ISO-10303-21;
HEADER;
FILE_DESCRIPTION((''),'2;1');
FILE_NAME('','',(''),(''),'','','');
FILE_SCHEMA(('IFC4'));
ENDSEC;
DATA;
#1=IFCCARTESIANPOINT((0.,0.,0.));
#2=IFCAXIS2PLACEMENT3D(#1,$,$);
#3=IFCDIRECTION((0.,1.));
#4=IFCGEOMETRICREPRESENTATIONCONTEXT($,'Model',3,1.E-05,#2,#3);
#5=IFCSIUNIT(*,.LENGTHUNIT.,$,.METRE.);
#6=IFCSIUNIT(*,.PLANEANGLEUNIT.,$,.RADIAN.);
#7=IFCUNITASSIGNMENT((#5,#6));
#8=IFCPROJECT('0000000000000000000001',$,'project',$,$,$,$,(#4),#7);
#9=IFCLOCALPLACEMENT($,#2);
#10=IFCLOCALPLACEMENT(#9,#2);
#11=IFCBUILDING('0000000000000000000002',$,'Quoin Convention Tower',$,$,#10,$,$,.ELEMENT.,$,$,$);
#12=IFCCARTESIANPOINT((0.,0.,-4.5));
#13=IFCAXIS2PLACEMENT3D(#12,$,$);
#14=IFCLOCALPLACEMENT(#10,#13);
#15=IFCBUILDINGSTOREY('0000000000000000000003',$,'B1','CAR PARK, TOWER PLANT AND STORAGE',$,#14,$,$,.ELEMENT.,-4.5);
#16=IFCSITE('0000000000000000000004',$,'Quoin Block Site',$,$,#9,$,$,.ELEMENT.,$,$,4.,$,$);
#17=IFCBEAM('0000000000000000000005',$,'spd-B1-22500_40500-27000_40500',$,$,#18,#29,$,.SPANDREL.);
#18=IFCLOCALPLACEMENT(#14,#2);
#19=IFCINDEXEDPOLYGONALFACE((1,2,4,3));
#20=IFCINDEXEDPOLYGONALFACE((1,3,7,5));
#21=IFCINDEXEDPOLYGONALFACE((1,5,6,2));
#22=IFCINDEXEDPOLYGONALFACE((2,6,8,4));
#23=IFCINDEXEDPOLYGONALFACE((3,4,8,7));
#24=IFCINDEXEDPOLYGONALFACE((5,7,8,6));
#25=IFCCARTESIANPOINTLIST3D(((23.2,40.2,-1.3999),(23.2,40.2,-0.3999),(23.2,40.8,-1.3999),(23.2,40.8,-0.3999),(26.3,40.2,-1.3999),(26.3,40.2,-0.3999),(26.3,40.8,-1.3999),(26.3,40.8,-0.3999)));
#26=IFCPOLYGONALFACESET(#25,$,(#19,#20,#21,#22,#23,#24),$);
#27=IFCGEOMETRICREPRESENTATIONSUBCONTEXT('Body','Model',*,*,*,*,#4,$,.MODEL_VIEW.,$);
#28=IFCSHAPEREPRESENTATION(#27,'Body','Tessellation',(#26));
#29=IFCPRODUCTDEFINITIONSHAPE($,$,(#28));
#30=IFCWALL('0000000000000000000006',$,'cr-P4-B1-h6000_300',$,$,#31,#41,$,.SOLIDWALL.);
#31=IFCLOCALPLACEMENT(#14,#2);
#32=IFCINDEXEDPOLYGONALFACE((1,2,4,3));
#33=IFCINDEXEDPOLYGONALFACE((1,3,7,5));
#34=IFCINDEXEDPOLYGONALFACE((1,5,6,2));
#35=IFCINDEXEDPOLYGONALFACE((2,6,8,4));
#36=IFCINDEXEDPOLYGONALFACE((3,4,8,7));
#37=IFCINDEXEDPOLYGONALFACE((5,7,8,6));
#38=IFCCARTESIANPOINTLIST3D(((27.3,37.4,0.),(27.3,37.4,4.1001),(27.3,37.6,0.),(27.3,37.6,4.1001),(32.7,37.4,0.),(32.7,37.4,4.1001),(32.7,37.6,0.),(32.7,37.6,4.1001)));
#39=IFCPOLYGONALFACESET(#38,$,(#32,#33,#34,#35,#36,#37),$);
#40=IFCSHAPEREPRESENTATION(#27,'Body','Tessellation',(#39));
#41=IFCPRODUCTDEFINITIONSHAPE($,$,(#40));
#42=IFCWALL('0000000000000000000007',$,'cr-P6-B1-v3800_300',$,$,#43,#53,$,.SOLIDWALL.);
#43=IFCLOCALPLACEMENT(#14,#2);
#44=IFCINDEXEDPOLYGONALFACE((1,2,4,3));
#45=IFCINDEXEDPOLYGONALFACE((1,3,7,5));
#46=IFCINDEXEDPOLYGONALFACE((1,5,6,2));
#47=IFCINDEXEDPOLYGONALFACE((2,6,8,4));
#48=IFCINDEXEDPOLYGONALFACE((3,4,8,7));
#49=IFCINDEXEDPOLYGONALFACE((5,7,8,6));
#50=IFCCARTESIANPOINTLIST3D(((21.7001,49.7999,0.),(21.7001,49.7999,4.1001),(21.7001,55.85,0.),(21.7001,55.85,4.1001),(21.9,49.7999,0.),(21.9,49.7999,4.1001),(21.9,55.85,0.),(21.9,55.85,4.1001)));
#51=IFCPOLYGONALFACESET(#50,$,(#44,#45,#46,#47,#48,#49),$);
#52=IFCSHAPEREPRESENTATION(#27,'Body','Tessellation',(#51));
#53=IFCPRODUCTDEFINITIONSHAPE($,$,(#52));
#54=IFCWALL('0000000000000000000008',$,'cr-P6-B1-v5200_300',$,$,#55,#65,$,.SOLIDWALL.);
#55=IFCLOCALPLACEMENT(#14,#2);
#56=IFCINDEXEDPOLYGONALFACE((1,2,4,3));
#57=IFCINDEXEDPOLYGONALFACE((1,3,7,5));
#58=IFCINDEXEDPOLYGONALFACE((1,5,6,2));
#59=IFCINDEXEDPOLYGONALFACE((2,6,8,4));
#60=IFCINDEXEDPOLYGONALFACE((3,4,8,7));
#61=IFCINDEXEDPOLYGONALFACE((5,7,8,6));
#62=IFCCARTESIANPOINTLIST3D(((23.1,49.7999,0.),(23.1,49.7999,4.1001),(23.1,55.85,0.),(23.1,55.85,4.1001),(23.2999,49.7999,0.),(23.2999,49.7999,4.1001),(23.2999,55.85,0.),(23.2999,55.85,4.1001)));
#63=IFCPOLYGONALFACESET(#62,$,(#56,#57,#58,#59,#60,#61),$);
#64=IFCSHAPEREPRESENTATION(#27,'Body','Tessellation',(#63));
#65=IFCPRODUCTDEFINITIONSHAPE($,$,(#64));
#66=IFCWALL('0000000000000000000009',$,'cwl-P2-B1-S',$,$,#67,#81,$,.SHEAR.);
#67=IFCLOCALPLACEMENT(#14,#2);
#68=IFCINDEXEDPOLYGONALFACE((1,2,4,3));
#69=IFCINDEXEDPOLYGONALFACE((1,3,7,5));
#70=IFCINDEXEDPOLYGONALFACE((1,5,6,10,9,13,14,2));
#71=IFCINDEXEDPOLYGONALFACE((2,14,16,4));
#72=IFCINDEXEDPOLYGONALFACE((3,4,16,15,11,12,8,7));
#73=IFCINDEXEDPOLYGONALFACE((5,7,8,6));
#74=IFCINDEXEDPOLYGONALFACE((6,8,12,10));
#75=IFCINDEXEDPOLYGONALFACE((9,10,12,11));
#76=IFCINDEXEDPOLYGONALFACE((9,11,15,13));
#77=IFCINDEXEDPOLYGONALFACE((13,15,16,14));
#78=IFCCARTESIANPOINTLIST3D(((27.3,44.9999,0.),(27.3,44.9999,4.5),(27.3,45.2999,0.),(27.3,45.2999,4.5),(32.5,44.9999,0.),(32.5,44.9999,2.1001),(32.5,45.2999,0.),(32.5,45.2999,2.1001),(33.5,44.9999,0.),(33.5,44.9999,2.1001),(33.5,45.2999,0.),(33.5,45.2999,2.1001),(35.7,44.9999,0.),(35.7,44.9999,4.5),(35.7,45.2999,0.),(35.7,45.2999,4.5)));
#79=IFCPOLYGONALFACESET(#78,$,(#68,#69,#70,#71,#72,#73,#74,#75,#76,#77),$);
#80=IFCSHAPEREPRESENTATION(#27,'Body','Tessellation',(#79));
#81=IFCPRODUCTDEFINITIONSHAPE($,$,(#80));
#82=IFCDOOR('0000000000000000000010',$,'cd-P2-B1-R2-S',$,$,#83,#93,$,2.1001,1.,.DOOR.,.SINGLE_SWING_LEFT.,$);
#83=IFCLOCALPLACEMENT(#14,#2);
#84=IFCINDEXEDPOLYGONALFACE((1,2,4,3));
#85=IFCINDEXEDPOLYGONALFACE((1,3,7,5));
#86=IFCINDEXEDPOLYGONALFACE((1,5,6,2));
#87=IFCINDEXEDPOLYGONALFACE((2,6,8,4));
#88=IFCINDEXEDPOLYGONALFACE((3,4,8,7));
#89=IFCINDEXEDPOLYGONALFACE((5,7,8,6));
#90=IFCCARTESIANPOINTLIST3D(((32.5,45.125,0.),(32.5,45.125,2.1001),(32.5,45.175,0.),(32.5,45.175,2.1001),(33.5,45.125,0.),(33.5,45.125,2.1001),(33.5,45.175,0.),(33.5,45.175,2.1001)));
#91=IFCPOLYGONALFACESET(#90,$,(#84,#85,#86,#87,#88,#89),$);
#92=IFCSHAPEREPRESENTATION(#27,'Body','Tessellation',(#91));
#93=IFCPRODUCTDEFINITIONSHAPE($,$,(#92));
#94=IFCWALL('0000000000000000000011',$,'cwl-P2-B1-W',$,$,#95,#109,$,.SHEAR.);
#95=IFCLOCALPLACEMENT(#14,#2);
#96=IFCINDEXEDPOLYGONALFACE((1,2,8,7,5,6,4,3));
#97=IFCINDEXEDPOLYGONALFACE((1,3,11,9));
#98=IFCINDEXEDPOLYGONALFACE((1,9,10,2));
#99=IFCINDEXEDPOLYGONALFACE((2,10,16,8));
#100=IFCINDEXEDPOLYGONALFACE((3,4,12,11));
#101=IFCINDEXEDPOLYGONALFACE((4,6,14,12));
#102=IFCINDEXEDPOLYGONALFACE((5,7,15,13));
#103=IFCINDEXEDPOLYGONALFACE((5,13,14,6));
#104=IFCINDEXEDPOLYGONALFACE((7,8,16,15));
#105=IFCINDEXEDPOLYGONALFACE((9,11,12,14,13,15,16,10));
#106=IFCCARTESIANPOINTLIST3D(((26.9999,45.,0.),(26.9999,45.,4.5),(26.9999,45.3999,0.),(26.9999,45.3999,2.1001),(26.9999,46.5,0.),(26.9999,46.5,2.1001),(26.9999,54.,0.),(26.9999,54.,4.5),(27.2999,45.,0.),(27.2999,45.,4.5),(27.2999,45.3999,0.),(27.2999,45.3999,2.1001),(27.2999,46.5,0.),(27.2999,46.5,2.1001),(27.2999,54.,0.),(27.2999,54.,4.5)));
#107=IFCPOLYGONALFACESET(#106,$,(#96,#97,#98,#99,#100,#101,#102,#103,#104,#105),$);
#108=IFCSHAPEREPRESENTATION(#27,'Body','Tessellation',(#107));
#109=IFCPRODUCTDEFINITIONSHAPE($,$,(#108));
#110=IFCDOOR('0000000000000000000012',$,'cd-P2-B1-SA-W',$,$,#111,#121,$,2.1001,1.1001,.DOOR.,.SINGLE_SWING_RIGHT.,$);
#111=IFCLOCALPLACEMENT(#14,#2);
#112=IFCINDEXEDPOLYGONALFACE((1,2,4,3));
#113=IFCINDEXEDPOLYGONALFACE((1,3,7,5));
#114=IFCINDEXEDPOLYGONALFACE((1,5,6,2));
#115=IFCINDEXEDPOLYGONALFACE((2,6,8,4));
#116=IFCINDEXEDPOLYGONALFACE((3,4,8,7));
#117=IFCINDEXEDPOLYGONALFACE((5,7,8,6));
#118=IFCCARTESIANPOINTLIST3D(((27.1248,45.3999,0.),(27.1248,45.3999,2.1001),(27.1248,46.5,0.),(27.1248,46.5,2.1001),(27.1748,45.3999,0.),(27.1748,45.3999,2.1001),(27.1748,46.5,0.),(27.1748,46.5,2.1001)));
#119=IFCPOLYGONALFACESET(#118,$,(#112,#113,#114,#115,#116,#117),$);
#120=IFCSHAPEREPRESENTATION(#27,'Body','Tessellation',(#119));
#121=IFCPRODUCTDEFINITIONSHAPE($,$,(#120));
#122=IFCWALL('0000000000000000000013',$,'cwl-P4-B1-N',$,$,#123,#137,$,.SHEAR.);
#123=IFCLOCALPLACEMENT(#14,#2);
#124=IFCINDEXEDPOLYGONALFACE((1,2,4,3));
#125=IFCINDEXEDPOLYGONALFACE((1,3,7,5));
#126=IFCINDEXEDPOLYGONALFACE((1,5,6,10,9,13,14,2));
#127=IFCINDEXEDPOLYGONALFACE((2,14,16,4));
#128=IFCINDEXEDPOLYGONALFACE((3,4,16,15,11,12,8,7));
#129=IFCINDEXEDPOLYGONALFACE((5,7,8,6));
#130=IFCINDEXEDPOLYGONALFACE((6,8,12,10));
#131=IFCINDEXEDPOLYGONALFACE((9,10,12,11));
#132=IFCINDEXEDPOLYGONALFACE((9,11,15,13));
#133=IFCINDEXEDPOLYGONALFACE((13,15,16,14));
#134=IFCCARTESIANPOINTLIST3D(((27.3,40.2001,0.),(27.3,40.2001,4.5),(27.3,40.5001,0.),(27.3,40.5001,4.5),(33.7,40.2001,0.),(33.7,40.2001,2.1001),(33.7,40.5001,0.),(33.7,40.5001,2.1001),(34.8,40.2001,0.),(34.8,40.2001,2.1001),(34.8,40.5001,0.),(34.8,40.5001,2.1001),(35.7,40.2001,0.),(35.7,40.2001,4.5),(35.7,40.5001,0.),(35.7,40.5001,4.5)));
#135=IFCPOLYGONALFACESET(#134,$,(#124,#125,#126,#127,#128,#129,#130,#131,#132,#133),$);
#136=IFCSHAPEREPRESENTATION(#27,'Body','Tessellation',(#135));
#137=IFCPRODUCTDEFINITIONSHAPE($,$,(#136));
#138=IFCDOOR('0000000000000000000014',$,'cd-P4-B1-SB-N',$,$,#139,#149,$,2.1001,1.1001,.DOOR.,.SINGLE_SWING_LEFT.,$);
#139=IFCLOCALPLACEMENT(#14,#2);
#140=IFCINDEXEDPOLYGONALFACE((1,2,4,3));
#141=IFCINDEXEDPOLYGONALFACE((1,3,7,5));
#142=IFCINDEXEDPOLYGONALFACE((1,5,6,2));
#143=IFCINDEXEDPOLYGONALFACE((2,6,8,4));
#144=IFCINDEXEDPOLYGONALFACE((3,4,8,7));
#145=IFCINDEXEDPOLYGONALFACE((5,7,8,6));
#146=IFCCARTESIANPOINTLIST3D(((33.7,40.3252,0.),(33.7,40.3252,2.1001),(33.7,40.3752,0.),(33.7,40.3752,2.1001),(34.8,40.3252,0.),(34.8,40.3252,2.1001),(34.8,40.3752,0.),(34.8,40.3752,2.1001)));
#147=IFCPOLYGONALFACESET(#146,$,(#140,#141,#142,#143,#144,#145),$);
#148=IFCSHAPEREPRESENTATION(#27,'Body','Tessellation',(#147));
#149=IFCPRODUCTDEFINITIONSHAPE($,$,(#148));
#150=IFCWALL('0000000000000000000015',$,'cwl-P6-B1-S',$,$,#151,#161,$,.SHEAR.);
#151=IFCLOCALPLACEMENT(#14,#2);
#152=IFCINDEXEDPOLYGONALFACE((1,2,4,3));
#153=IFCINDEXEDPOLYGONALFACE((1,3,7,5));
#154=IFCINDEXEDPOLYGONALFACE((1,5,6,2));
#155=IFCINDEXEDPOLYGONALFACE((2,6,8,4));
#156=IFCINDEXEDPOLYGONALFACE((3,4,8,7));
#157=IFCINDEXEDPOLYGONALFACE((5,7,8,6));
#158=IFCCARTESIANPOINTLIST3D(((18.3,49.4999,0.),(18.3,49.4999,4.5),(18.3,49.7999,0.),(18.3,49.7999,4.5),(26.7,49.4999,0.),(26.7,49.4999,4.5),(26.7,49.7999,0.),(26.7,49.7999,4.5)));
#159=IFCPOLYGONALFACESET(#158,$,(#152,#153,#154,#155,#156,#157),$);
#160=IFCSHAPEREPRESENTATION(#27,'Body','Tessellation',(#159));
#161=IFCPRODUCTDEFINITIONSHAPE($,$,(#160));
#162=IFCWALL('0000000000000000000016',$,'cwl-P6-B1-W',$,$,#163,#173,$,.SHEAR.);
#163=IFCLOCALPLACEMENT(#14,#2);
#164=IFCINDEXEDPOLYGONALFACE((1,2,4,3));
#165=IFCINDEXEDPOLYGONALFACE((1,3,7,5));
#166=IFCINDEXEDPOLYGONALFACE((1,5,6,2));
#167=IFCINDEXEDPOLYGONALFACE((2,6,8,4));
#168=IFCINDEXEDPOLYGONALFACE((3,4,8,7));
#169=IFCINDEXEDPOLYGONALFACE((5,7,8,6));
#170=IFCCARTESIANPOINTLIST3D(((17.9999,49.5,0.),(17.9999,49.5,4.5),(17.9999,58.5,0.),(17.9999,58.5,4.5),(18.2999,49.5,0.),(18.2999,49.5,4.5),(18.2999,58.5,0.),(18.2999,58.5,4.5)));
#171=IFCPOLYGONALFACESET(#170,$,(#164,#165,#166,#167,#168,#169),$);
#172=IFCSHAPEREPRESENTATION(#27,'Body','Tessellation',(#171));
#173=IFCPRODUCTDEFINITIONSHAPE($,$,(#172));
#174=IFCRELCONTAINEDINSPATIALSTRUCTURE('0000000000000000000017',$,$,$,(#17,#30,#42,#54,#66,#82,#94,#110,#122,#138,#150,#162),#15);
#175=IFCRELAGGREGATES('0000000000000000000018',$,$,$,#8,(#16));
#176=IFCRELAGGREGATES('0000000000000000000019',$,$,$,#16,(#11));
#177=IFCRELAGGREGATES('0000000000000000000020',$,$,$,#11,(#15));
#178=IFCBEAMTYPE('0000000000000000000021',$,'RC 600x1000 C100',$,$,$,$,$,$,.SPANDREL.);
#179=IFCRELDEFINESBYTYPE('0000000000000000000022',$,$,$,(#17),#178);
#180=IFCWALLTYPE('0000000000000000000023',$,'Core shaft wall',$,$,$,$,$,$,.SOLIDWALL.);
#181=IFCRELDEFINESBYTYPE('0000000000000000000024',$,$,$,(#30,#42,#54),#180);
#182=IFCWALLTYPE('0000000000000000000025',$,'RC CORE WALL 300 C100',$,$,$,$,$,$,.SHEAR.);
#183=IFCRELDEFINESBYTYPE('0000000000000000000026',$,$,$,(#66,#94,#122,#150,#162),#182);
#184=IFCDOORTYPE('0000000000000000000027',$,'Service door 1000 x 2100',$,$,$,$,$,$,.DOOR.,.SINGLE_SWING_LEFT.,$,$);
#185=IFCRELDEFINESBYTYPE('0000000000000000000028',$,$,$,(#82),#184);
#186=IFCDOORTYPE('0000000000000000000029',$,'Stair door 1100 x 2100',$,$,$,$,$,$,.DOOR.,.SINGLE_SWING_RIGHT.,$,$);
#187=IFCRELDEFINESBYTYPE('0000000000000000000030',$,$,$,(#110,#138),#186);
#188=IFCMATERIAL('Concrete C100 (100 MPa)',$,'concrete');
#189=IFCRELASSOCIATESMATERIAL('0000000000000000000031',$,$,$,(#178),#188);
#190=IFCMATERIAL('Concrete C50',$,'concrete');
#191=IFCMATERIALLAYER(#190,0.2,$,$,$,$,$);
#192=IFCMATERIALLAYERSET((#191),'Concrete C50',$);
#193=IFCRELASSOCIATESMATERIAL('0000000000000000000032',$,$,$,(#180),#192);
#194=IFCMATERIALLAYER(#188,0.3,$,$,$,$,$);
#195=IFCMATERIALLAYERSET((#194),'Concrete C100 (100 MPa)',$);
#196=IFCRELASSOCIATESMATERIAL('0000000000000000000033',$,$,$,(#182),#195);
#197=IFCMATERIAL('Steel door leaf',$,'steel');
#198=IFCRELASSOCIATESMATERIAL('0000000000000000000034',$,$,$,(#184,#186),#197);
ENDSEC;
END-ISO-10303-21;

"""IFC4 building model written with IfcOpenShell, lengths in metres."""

from ifc_helpers import new_model, si_unit, direction, frame, frame_2d, origin, origin_2d, place, context, subcontext, project, spatial, rectangle, extrude, material, layer, layer_set, material_profile, profile_set, type_object, element, fill, save


model = new_model("IFC4")

# Units and contexts
model_context = context("Model", 3, precision=1e-05, world=origin(), true_north=direction((0.0, 1.0)))
body_context = subcontext(model_context, "Body", "Model", "MODEL_VIEW")
ifc_project = project(units=[si_unit("LENGTHUNIT", "METRE"), si_unit("PLANEANGLEUNIT", "RADIAN")], contexts=[model_context])

# Site, building, storey
site_placement = place(None, origin())
site = spatial("IfcSite", under=ifc_project, at=site_placement, Name="Quoin Block Site", CompositionType="ELEMENT", RefElevation=4.0)
building_placement = place(site_placement, origin())
building = spatial("IfcBuilding", under=site, at=building_placement, Name="Quoin Convention Tower", CompositionType="ELEMENT")
storey_placement = place(building_placement, frame((0.0, 0.0, -4.5)))
storey = spatial("IfcBuildingStorey", under=building, at=storey_placement, Name="B1", Description="CAR PARK, TOWER PLANT AND STORAGE", CompositionType="ELEMENT", Elevation=-4.5)

# Shared definitions
ifc_material_1 = material(Name="Concrete C100 (100 MPa)", Category="concrete")

# Beam
ifc_material_profile_1 = material_profile(ifc_material_1, rectangle(XDim=0.6001, YDim=1.0, at=origin_2d()), Name="RC 600x1000")
ifc_profile_set_1 = profile_set([ifc_material_profile_1], Name="Concrete C100 (100 MPa)")
beam_type = type_object("IfcBeamType", Name="RC 600x1000 C100", PredefinedType="SPANDREL", material=ifc_profile_set_1)
for number, where, z_axis, x_axis, name in (
    (1, (23.2, 40.5, -0.8999), (1.0, 0.0, 0.0), (0.0, 1.0, 0.0), "spd-B1-22500_40500-27000_40500"),
):
    element("IfcBeam", number, at=place(storey_placement, frame(where, z_axis=z_axis, x_axis=x_axis)), inside=storey, type_object=beam_type, Name=name, PredefinedType="SPANDREL", context=body_context, shape_type="SweptSolid", body=[
        extrude(rectangle(XDim=0.6001, YDim=1.0, at=origin_2d()), origin(), (0.0, 0.0, 1.0), 3.1001),
    ])

# Walls
ifc_material_2 = material(Name="Concrete C50", Category="concrete")
ifc_layer_1 = layer(ifc_material_2, 0.2)
ifc_layer_set_1 = layer_set([ifc_layer_1], Name="Concrete C50")
wall_type_1 = type_object("IfcWallType", Name="Core shaft wall", PredefinedType="SOLIDWALL", material=ifc_layer_set_1)
wall_1_placement = place(storey_placement, frame((27.3, 37.5, 0.0), z_axis=(0.0, 0.0, 1.0), x_axis=(1.0, 0.0, 0.0)))
element("IfcWall", 2, at=wall_1_placement, inside=storey, type_object=wall_type_1, Name="cr-P4-B1-h6000_300", PredefinedType="SOLIDWALL", context=body_context, shape_type="SweptSolid", body=[
    extrude(rectangle(XDim=5.3999, YDim=0.2, at=frame_2d((2.7, 0.0))), origin(), (0.0, 0.0, 1.0), 4.1001),
])
for number, where, z_axis, x_axis, name in (
    (3, (21.8, 49.8, 0.0), (0.0, 0.0, 1.0), (0.0, 1.0, 0.0), "cr-P6-B1-v3800_300"),
    (4, (23.2, 49.8, 0.0), (0.0, 0.0, 1.0), (0.0, 1.0, 0.0), "cr-P6-B1-v5200_300"),
):
    element("IfcWall", number, at=place(storey_placement, frame(where, z_axis=z_axis, x_axis=x_axis)), inside=storey, type_object=wall_type_1, Name=name, PredefinedType="SOLIDWALL", context=body_context, shape_type="SweptSolid", body=[
        extrude(rectangle(XDim=6.05, YDim=0.2, at=frame_2d((3.0249, 0.0))), origin(), (0.0, 0.0, 1.0), 4.1001),
    ])

# Walls, openings, doors
ifc_layer_2 = layer(ifc_material_1, 0.3)
ifc_layer_set_2 = layer_set([ifc_layer_2], Name="Concrete C100 (100 MPa)")
wall_type_2 = type_object("IfcWallType", Name="RC CORE WALL 300 C100", PredefinedType="SHEAR", material=ifc_layer_set_2)
wall_2_placement = place(storey_placement, frame((27.3, 45.1499, 0.0), z_axis=(0.0, 0.0, 1.0), x_axis=(1.0, 0.0, 0.0)))
wall_2 = element("IfcWall", 5, at=wall_2_placement, inside=storey, type_object=wall_type_2, Name="cwl-P2-B1-S", PredefinedType="SHEAR", context=body_context, shape_type="SweptSolid", body=[
    extrude(rectangle(XDim=8.3999, YDim=0.3, at=frame_2d((4.2, 0.0))), origin(), (0.0, 0.0, 1.0), 4.5),
])
opening_1_placement = place(wall_2_placement, frame((5.2, 0.0, 0.0)))
opening_1 = element("IfcOpeningElement", 6, at=opening_1_placement, cuts=wall_2, PredefinedType="OPENING", context=body_context, shape_type="SweptSolid", body=[
    extrude(rectangle(XDim=1.0, YDim=2.1001, at=frame_2d((0.5, 1.05))), frame((0.0, 0.1599, 0.0), z_axis=(0.0, -1.0, 0.0), x_axis=(1.0, 0.0, 0.0)), (0.0, 0.0, 1.0), 0.3201),
])
ifc_material_3 = material(Name="Steel door leaf", Category="steel")
door_type_1 = type_object("IfcDoorType", Name="Service door 1000 x 2100", OperationType="SINGLE_SWING_LEFT", PredefinedType="DOOR", material=ifc_material_3)
door_1_placement = place(opening_1_placement, frame((1.0, 0.0, 0.0), z_axis=(0.0, 0.0, 1.0), x_axis=(-1.0, 0.0, 0.0)))
door_1 = element("IfcDoor", 7, at=door_1_placement, inside=storey, type_object=door_type_1, Name="cd-P2-B1-R2-S", OperationType="SINGLE_SWING_LEFT", OverallHeight=2.1001, OverallWidth=1.0, PredefinedType="DOOR", context=body_context, shape_type="SweptSolid", body=[
    extrude(rectangle(XDim=1.0, YDim=2.1001, at=frame_2d((0.5, 1.05))), frame((0.0, 0.0249, 0.0), z_axis=(0.0, -1.0, 0.0), x_axis=(1.0, 0.0, 0.0)), (0.0, 0.0, 1.0), 0.05),
])
fill(opening_1, door_1)
wall_3_placement = place(storey_placement, frame((27.1499, 45.0, 0.0), z_axis=(0.0, 0.0, 1.0), x_axis=(0.0, 1.0, 0.0)))
wall_3 = element("IfcWall", 8, at=wall_3_placement, inside=storey, type_object=wall_type_2, Name="cwl-P2-B1-W", PredefinedType="SHEAR", context=body_context, shape_type="SweptSolid", body=[
    extrude(rectangle(XDim=9.0, YDim=0.3, at=frame_2d((4.5, 0.0))), origin(), (0.0, 0.0, 1.0), 4.5),
])
opening_2_placement = place(wall_3_placement, frame((0.3999, 0.0, 0.0)))
opening_2 = element("IfcOpeningElement", 9, at=opening_2_placement, cuts=wall_3, PredefinedType="OPENING", context=body_context, shape_type="SweptSolid", body=[
    extrude(rectangle(XDim=1.1001, YDim=2.1001, at=frame_2d((0.55, 1.05))), frame((0.0, 0.1599, 0.0), z_axis=(0.0, -1.0, 0.0), x_axis=(1.0, 0.0, 0.0)), (0.0, 0.0, 1.0), 0.3201),
])
door_type_2 = type_object("IfcDoorType", Name="Stair door 1100 x 2100", OperationType="SINGLE_SWING_RIGHT", PredefinedType="DOOR", material=ifc_material_3)
door_2_placement = place(opening_2_placement, frame((1.1001, 0.0, 0.0), z_axis=(0.0, 0.0, 1.0), x_axis=(-1.0, 0.0, 0.0)))
door_2 = element("IfcDoor", 10, at=door_2_placement, inside=storey, type_object=door_type_2, Name="cd-P2-B1-SA-W", OperationType="SINGLE_SWING_RIGHT", OverallHeight=2.1001, OverallWidth=1.1001, PredefinedType="DOOR", context=body_context, shape_type="SweptSolid", body=[
    extrude(rectangle(XDim=1.1001, YDim=2.1001, at=frame_2d((0.55, 1.05))), frame((0.0, 0.0249, 0.0), z_axis=(0.0, -1.0, 0.0), x_axis=(1.0, 0.0, 0.0)), (0.0, 0.0, 1.0), 0.05),
])
fill(opening_2, door_2)
wall_4_placement = place(storey_placement, frame((27.3, 40.3501, 0.0), z_axis=(0.0, 0.0, 1.0), x_axis=(1.0, 0.0, 0.0)))
wall_4 = element("IfcWall", 11, at=wall_4_placement, inside=storey, type_object=wall_type_2, Name="cwl-P4-B1-N", PredefinedType="SHEAR", context=body_context, shape_type="SweptSolid", body=[
    extrude(rectangle(XDim=8.3999, YDim=0.3, at=frame_2d((4.2, 0.0))), origin(), (0.0, 0.0, 1.0), 4.5),
])
opening_3_placement = place(wall_4_placement, frame((6.3999, 0.0, 0.0)))
opening_3 = element("IfcOpeningElement", 12, at=opening_3_placement, cuts=wall_4, PredefinedType="OPENING", context=body_context, shape_type="SweptSolid", body=[
    extrude(rectangle(XDim=1.1001, YDim=2.1001, at=frame_2d((0.55, 1.05))), frame((0.0, 0.1599, 0.0), z_axis=(0.0, -1.0, 0.0), x_axis=(1.0, 0.0, 0.0)), (0.0, 0.0, 1.0), 0.3201),
])
door_3_placement = place(opening_3_placement, frame((1.1001, 0.0, 0.0), z_axis=(0.0, 0.0, 1.0), x_axis=(-1.0, 0.0, 0.0)))
door_3 = element("IfcDoor", 13, at=door_3_placement, inside=storey, type_object=door_type_2, Name="cd-P4-B1-SB-N", OperationType="SINGLE_SWING_LEFT", OverallHeight=2.1001, OverallWidth=1.1001, PredefinedType="DOOR", context=body_context, shape_type="SweptSolid", body=[
    extrude(rectangle(XDim=1.1001, YDim=2.1001, at=frame_2d((0.55, 1.05))), frame((0.0, 0.0249, 0.0), z_axis=(0.0, -1.0, 0.0), x_axis=(1.0, 0.0, 0.0)), (0.0, 0.0, 1.0), 0.05),
])
fill(opening_3, door_3)

# Walls
wall_5_placement = place(storey_placement, frame((18.3, 49.6499, 0.0), z_axis=(0.0, 0.0, 1.0), x_axis=(1.0, 0.0, 0.0)))
element("IfcWall", 14, at=wall_5_placement, inside=storey, type_object=wall_type_2, Name="cwl-P6-B1-S", PredefinedType="SHEAR", context=body_context, shape_type="SweptSolid", body=[
    extrude(rectangle(XDim=8.3999, YDim=0.3, at=frame_2d((4.2, 0.0))), origin(), (0.0, 0.0, 1.0), 4.5),
])
for number, where, z_axis, x_axis, name in (
    (15, (18.1499, 49.5, 0.0), (0.0, 0.0, 1.0), (0.0, 1.0, 0.0), "cwl-P6-B1-W"),
):
    element("IfcWall", number, at=place(storey_placement, frame(where, z_axis=z_axis, x_axis=x_axis)), inside=storey, type_object=wall_type_2, Name=name, PredefinedType="SHEAR", context=body_context, shape_type="SweptSolid", body=[
        extrude(rectangle(XDim=9.0, YDim=0.3, at=frame_2d((4.5, 0.0))), origin(), (0.0, 0.0, 1.0), 4.5),
    ])

save(model, "model.ifc")
